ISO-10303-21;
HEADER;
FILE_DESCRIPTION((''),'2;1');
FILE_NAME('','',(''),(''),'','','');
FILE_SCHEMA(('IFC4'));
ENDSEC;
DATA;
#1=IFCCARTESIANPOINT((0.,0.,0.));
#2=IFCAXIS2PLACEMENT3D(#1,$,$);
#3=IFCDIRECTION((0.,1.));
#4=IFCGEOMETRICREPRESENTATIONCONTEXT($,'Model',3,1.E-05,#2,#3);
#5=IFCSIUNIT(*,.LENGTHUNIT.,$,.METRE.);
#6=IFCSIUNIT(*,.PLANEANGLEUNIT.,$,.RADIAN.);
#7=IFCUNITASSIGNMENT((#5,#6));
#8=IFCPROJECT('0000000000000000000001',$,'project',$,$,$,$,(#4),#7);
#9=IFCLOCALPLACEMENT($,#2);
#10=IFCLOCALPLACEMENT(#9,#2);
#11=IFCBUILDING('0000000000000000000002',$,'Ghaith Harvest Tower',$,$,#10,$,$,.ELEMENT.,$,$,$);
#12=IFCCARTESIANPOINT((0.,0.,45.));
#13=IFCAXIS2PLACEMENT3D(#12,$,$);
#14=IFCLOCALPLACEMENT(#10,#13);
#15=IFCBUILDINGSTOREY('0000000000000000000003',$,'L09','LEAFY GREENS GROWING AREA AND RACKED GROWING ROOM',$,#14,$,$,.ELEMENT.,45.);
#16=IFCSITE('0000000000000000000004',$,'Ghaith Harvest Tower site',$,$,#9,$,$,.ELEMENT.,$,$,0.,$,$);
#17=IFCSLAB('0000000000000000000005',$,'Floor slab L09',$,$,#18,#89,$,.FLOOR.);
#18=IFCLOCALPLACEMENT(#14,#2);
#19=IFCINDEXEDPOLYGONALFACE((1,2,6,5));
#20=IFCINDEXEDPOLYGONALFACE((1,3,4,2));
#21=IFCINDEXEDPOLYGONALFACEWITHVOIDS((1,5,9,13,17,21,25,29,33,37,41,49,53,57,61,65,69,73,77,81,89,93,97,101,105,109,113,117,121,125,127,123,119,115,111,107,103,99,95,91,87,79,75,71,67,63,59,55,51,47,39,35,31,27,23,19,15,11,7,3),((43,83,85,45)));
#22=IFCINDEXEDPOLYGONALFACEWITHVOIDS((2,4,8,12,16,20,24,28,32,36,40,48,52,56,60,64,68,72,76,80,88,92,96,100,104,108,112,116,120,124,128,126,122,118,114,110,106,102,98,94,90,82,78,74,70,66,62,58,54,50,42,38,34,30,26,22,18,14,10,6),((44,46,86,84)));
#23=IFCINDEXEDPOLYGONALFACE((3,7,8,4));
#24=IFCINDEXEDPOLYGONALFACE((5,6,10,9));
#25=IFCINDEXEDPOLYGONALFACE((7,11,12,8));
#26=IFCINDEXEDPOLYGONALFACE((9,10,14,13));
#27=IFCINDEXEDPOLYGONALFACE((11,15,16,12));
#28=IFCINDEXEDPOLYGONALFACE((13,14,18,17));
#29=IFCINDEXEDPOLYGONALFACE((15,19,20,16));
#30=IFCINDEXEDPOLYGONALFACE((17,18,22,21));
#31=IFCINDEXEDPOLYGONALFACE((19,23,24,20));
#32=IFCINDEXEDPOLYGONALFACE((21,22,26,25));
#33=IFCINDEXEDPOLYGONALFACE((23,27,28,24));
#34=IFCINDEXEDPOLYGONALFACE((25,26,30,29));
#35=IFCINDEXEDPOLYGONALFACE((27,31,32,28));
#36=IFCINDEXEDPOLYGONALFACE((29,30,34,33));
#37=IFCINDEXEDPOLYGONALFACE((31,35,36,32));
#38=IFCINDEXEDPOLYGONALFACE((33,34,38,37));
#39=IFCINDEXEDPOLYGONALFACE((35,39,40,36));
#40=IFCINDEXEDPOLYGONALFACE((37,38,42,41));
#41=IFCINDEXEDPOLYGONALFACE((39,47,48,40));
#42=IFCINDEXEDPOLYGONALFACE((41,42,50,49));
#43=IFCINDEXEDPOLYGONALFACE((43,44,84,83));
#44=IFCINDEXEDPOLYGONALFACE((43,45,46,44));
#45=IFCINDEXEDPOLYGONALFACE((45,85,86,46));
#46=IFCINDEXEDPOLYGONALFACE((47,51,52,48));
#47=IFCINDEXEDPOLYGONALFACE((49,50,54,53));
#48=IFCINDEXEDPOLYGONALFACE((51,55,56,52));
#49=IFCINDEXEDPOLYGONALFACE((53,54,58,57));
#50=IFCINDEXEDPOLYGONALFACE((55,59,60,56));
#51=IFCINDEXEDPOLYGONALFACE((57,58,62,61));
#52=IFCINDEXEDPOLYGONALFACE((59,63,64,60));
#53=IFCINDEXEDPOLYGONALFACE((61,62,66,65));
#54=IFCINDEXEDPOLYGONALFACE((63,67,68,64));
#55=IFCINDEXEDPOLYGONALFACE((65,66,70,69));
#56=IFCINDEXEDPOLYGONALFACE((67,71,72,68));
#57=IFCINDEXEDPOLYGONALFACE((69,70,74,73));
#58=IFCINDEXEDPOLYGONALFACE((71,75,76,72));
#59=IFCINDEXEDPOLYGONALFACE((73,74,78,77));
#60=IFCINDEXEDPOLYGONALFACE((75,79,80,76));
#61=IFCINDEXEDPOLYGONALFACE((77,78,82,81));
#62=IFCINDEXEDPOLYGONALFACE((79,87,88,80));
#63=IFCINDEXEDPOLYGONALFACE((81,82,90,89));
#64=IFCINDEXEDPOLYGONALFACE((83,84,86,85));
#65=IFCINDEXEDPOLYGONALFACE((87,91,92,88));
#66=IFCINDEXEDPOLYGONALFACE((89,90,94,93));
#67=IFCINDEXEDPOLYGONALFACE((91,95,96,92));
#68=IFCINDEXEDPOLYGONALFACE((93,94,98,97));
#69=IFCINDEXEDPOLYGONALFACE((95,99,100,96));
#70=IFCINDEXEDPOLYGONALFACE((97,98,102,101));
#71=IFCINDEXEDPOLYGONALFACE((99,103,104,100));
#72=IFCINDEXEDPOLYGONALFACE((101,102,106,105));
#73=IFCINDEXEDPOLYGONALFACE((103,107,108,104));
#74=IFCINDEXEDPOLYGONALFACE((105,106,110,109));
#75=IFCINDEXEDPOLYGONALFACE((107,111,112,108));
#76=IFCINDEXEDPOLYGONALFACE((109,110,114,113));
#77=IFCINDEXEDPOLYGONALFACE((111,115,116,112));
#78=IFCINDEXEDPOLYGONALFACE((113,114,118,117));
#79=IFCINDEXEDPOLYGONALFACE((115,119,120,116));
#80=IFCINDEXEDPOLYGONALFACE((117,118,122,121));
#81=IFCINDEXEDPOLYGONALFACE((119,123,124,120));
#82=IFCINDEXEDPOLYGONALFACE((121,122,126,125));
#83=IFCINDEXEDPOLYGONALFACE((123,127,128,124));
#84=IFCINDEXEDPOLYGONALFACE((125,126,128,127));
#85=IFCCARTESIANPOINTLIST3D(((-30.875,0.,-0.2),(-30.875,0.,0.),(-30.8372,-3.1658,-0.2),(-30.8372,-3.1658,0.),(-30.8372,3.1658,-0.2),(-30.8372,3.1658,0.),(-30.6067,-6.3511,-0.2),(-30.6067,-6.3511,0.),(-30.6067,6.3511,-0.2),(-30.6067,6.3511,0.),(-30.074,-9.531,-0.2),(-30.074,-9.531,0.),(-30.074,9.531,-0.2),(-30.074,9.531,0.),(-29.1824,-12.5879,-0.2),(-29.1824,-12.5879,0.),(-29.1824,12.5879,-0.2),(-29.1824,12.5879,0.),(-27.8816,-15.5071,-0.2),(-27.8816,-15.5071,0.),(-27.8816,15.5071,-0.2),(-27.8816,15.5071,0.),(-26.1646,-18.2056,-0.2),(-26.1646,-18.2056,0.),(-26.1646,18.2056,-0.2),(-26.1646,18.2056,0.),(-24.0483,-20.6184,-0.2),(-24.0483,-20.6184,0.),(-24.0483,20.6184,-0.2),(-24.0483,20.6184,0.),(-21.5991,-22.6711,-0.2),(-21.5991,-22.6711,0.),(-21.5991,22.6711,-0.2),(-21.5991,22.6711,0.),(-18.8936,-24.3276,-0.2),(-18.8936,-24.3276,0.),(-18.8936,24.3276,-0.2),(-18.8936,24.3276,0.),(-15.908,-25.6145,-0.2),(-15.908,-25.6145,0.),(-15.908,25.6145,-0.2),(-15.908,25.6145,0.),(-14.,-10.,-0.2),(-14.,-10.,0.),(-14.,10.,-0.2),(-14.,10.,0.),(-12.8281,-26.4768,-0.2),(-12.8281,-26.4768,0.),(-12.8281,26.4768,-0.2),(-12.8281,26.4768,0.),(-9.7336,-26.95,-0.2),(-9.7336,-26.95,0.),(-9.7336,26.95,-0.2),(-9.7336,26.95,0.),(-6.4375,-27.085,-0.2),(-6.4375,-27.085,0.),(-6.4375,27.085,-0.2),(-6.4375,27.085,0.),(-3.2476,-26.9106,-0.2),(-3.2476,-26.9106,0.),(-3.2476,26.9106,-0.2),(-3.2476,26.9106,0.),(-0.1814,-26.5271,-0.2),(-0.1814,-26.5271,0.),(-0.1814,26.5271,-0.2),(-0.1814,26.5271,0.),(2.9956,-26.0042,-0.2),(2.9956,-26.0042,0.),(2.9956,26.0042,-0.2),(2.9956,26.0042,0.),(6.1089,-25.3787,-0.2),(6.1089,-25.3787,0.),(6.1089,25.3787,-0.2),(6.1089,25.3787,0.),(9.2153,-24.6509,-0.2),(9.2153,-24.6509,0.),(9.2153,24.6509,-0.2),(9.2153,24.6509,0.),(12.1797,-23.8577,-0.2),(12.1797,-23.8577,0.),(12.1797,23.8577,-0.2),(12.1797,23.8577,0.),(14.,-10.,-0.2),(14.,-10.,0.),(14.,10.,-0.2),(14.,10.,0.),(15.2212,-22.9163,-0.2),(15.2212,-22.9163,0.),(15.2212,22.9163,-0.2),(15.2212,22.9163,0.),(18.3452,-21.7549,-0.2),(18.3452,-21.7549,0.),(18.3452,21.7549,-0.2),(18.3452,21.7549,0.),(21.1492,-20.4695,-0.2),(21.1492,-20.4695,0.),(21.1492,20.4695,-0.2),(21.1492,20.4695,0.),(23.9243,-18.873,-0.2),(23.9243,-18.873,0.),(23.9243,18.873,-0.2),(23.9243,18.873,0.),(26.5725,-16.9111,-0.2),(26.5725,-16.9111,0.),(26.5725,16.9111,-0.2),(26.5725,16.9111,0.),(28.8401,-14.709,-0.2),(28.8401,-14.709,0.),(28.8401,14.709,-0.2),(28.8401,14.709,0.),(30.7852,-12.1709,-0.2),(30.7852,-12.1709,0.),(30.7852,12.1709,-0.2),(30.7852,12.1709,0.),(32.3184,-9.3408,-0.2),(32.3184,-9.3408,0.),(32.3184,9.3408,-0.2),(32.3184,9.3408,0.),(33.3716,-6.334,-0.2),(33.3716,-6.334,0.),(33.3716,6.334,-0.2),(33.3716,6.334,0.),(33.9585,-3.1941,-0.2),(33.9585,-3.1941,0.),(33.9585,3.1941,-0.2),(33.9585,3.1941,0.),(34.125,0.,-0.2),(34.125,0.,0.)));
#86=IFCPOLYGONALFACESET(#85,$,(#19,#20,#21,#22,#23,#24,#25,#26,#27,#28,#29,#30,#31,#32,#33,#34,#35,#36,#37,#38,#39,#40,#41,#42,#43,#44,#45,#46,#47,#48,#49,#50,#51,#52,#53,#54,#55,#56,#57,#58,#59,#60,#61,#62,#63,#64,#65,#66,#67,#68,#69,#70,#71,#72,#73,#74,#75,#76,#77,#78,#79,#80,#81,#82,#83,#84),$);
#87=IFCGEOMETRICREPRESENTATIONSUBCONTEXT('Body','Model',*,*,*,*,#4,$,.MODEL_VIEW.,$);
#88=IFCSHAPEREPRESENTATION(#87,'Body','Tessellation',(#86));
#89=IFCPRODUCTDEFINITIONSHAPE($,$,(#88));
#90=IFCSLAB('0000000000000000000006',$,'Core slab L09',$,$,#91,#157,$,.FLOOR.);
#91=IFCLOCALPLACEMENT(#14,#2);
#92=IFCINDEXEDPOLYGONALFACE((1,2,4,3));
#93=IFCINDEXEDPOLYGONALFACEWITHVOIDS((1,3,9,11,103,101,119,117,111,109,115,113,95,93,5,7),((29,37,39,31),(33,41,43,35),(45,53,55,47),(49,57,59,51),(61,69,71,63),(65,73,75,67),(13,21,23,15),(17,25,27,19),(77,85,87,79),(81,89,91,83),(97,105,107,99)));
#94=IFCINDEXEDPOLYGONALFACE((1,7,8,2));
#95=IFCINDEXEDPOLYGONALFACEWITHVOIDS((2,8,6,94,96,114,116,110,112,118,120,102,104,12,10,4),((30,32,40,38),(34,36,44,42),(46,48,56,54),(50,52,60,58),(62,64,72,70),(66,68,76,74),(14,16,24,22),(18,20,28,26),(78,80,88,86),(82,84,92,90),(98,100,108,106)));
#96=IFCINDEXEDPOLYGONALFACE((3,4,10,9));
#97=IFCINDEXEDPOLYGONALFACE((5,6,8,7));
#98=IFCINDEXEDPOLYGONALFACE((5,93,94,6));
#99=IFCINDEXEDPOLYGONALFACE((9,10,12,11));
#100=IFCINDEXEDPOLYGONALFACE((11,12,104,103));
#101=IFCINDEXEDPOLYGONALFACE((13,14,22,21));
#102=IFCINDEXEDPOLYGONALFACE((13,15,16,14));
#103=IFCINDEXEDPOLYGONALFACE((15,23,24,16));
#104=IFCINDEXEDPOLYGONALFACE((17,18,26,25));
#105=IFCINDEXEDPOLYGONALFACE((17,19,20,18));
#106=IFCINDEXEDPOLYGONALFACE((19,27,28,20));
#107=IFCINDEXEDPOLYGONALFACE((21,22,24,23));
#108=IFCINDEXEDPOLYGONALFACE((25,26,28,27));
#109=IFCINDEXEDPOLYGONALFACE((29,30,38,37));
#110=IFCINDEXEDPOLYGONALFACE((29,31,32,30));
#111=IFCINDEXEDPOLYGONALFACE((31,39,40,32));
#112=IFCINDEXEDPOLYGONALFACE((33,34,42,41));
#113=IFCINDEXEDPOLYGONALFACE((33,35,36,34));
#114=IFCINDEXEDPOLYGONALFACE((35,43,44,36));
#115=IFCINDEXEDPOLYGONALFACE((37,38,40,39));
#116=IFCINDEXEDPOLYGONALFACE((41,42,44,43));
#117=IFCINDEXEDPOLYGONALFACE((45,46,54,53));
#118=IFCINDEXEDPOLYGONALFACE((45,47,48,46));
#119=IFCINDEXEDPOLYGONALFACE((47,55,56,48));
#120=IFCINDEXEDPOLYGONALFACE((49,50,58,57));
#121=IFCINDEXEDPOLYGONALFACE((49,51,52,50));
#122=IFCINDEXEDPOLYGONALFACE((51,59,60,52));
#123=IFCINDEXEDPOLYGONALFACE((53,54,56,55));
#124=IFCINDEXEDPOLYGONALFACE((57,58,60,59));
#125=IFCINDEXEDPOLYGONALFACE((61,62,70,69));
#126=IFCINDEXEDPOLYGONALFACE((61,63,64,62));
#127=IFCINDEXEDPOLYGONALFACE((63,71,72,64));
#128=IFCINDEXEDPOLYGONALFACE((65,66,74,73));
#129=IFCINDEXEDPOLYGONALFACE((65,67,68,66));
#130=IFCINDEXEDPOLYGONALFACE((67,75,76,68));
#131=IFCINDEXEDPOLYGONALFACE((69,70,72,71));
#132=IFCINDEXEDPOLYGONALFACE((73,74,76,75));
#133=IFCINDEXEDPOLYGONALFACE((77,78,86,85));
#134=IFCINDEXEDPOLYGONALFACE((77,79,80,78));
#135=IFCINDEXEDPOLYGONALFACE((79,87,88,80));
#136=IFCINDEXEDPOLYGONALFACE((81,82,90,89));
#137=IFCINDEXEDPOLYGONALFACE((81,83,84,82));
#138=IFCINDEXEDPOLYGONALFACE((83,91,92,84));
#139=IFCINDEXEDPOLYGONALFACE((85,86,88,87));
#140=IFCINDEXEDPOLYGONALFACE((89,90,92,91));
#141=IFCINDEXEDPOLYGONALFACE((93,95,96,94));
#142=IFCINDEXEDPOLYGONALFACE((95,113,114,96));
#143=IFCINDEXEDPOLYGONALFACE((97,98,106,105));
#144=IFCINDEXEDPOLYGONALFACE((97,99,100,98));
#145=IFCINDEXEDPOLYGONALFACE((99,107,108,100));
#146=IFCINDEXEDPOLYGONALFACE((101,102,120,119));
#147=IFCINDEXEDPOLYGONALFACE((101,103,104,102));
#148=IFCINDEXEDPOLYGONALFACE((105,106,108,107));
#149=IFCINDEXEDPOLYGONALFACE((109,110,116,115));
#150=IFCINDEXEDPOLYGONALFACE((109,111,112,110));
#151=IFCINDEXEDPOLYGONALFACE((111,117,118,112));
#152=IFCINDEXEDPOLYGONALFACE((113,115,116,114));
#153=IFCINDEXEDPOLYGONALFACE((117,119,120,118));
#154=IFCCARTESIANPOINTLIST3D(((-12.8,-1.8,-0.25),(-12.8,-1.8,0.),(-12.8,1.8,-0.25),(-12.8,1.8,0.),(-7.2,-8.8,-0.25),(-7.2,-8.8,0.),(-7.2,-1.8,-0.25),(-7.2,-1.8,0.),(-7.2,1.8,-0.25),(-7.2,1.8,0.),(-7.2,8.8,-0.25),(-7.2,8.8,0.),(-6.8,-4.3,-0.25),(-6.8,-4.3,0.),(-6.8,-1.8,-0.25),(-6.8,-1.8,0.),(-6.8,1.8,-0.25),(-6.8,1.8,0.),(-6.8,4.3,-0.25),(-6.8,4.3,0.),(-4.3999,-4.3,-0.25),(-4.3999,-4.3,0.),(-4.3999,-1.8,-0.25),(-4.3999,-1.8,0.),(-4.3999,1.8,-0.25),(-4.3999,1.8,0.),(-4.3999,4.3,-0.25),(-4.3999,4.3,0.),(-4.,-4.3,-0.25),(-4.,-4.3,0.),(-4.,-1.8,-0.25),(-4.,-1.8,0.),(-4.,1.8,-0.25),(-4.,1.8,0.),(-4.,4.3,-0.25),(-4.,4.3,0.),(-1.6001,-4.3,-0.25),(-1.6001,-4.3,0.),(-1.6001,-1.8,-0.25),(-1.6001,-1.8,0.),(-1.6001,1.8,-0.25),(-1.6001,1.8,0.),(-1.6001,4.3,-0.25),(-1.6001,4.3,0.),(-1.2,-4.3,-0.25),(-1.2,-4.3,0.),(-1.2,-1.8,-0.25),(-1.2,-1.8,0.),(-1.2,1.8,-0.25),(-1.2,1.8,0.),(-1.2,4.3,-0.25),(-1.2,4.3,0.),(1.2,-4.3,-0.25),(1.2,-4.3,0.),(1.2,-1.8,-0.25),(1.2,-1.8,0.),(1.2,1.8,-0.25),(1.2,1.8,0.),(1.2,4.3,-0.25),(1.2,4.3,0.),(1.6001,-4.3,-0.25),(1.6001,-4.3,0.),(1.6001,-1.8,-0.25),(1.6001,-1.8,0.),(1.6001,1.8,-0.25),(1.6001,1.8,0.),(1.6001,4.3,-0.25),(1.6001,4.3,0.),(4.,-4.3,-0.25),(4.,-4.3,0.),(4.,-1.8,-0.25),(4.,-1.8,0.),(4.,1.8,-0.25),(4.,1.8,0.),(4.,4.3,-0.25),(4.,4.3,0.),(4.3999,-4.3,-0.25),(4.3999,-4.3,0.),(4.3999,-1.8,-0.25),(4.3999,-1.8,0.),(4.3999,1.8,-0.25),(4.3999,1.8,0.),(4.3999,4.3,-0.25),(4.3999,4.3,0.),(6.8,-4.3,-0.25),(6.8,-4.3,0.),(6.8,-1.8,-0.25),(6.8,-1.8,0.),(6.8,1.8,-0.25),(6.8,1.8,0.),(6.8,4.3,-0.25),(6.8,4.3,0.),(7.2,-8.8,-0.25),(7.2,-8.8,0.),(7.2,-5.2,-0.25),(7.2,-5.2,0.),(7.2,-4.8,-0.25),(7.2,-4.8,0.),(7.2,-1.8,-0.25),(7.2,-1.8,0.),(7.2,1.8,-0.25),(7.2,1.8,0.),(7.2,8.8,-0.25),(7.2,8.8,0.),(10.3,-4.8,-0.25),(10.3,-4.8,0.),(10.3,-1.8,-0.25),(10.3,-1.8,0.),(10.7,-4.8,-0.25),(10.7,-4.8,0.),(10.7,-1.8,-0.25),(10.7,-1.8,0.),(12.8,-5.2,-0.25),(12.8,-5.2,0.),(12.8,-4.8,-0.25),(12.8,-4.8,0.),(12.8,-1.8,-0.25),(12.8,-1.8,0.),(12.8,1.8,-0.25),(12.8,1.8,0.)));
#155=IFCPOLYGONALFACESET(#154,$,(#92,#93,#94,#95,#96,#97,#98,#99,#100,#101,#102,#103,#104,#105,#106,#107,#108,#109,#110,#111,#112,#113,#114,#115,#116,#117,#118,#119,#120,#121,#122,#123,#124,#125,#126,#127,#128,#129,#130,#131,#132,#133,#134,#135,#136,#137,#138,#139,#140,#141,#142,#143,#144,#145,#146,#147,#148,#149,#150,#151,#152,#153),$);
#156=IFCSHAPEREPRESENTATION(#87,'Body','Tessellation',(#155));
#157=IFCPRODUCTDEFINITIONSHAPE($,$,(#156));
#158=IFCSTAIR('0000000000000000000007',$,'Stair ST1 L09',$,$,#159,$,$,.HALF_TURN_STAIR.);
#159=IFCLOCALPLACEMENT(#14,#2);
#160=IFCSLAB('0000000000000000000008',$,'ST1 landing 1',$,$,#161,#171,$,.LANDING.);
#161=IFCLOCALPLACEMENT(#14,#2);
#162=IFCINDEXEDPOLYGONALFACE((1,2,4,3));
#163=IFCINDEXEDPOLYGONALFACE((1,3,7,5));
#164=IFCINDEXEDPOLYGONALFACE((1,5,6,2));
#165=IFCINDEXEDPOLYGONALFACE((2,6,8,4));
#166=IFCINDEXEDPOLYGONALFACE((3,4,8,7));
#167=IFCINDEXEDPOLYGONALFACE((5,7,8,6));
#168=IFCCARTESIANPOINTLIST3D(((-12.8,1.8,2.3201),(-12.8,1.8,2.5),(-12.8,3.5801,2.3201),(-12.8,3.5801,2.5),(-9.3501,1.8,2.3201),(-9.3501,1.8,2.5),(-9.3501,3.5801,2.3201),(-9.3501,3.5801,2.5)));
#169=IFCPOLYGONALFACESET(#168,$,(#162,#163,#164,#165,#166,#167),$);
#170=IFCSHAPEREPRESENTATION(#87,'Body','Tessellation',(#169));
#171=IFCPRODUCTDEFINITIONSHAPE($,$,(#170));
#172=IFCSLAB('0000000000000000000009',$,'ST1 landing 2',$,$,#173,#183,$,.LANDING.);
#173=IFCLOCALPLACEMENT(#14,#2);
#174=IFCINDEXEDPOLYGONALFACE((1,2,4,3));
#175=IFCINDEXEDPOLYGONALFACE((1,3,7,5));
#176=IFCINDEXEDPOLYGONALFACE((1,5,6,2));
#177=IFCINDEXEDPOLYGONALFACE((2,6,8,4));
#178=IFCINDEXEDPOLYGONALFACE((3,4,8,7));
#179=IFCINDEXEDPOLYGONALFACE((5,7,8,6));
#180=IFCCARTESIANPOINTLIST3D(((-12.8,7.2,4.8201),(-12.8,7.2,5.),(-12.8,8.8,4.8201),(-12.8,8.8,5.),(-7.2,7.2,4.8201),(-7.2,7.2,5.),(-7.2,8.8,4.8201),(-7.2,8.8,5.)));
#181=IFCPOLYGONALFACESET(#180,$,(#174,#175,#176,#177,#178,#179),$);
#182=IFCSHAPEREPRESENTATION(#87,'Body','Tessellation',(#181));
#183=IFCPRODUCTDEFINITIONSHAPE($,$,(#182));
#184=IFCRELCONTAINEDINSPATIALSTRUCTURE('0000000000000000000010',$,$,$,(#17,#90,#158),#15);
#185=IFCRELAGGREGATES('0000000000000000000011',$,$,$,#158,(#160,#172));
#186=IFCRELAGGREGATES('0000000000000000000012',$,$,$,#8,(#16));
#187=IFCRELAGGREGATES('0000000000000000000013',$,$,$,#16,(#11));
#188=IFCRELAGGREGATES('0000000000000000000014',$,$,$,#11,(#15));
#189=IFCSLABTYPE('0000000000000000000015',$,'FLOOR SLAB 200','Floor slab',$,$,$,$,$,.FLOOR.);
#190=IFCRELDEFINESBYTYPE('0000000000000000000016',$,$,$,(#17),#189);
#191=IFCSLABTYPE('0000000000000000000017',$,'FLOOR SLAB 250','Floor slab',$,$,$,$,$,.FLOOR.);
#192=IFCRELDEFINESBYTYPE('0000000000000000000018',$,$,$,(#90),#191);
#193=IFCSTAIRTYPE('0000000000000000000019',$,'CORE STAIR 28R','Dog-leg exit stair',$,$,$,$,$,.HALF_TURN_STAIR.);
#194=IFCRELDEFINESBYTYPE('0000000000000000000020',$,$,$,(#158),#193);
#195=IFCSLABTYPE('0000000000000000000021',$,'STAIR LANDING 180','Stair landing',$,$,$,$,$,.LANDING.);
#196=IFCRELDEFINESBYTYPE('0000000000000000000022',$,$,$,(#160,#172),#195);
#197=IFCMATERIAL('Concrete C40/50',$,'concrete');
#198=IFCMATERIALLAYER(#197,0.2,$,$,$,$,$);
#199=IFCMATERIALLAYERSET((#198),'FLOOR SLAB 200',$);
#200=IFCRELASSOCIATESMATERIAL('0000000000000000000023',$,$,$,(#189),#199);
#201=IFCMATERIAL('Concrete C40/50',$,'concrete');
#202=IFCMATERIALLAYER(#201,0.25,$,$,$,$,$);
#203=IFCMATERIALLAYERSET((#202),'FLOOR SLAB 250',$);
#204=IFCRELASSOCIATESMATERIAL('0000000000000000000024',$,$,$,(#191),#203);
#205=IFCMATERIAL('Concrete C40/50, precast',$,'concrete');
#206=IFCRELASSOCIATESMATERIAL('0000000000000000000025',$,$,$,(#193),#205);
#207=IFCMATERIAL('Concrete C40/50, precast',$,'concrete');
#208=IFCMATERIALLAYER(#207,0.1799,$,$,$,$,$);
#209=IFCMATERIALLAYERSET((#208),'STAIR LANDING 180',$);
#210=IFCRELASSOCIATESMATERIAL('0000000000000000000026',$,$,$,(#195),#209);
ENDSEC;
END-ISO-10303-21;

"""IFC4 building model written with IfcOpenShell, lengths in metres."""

from ifc_helpers import new_model, si_unit, direction, frame, origin, place, context, subcontext, project, spatial, polyline, outline, extrude, material, layer, layer_set, type_object, element, aggregate, save


model = new_model("IFC4")

# Units and contexts
model_context = context("Model", 3, precision=1e-05, world=origin(), true_north=direction((0.0, 1.0)))
body_context = subcontext(model_context, "Body", "Model", "MODEL_VIEW")
ifc_project = project(units=[si_unit("LENGTHUNIT", "METRE"), si_unit("PLANEANGLEUNIT", "RADIAN")], contexts=[model_context])

# Site, building, storey
site_placement = place(None, origin())
site = spatial("IfcSite", under=ifc_project, at=site_placement, Name="Ghaith Harvest Tower site", CompositionType="ELEMENT", RefElevation=0.0)
building_placement = place(site_placement, origin())
building = spatial("IfcBuilding", under=site, at=building_placement, Name="Ghaith Harvest Tower", CompositionType="ELEMENT")
storey_placement = place(building_placement, frame((0.0, 0.0, 45.0)))
storey = spatial("IfcBuildingStorey", under=building, at=storey_placement, Name="L09", Description="LEAFY GREENS GROWING AREA AND RACKED GROWING ROOM", CompositionType="ELEMENT", Elevation=45.0)

# Slabs
ifc_material_1 = material(Name="Concrete C40/50", Category="concrete")
ifc_layer_1 = layer(ifc_material_1, 0.2)
ifc_layer_set_1 = layer_set([ifc_layer_1], Name="FLOOR SLAB 200")
slab_type_1 = type_object("IfcSlabType", Name="FLOOR SLAB 200", Description="Floor slab", PredefinedType="FLOOR", material=ifc_layer_set_1)
slab_1_placement = place(storey_placement, frame((0.0, 0.0, -0.2)))
element("IfcSlab", 1, at=slab_1_placement, inside=storey, type_object=slab_type_1, Name="Floor slab L09", PredefinedType="FLOOR", context=body_context, shape_type="SweptSolid", body=[
    extrude(outline(polyline([(34.125, 0.0), (33.9585, 3.1941), (33.3716, 6.334), (32.3184, 9.3408), (30.7852, 12.1709), (28.8401, 14.709), (26.5725, 16.9111), (23.9243, 18.873), (21.1492, 20.4695), (18.3452, 21.7549), (15.2212, 22.9163), (12.1797, 23.8577), (9.2153, 24.6509), (6.1089, 25.3787), (2.9956, 26.0042), (-0.1814, 26.5271), (-3.2476, 26.9106), (-6.4375, 27.085), (-9.7336, 26.95), (-12.8281, 26.4768), (-15.908, 25.6145), (-18.8936, 24.3276), (-21.5991, 22.6711), (-24.0483, 20.6184), (-26.1646, 18.2056), (-27.8816, 15.5071), (-29.1824, 12.5879), (-30.074, 9.531), (-30.6067, 6.3511), (-30.8372, 3.1658), (-30.875, 0.0), (-30.8372, -3.1658), (-30.6067, -6.3511), (-30.074, -9.531), (-29.1824, -12.5879), (-27.8816, -15.5071), (-26.1646, -18.2056), (-24.0483, -20.6184), (-21.5991, -22.6711), (-18.8936, -24.3276), (-15.908, -25.6145), (-12.8281, -26.4768), (-9.7336, -26.95), (-6.4375, -27.085), (-3.2476, -26.9106), (-0.1814, -26.5271), (2.9956, -26.0042), (6.1089, -25.3787), (9.2153, -24.6509), (12.1797, -23.8577), (15.2212, -22.9163), (18.3452, -21.7549), (21.1492, -20.4695), (23.9243, -18.873), (26.5725, -16.9111), (28.8401, -14.709), (30.7852, -12.1709), (32.3184, -9.3408), (33.3716, -6.334), (33.9585, -3.1941), (34.125, 0.0)]), holes=[polyline([(-14.0, -10.0), (14.0, -10.0), (14.0, 10.0), (-14.0, 10.0), (-14.0, -10.0)])]), origin(), (0.0, 0.0, 1.0), 0.2),
])
ifc_material_2 = material(Name="Concrete C40/50", Category="concrete")
ifc_layer_2 = layer(ifc_material_2, 0.25)
ifc_layer_set_2 = layer_set([ifc_layer_2], Name="FLOOR SLAB 250")
slab_type_2 = type_object("IfcSlabType", Name="FLOOR SLAB 250", Description="Floor slab", PredefinedType="FLOOR", material=ifc_layer_set_2)
slab_2_placement = place(storey_placement, frame((0.0, 0.0, -0.25)))
element("IfcSlab", 2, at=slab_2_placement, inside=storey, type_object=slab_type_2, Name="Core slab L09", PredefinedType="FLOOR", context=body_context, shape_type="SweptSolid", body=[
    extrude(outline(polyline([(-12.8, 1.8), (-7.2, 1.8), (-7.2, 8.8), (7.2, 8.8), (7.2, 1.8), (12.8, 1.8), (12.8, -1.8), (10.7, -1.8), (10.7, -4.8), (12.8, -4.8), (12.8, -5.2), (7.2, -5.2), (7.2, -8.8), (-7.2, -8.8), (-7.2, -1.8), (-12.8, -1.8), (-12.8, 1.8)]), holes=[polyline([(-4.3999, -4.3), (-4.3999, -1.8), (-6.8, -1.8), (-6.8, -4.3), (-4.3999, -4.3)]), polyline([(-1.6001, -4.3), (-1.6001, -1.8), (-4.0, -1.8), (-4.0, -4.3), (-1.6001, -4.3)]), polyline([(1.2, -4.3), (1.2, -1.8), (-1.2, -1.8), (-1.2, -4.3), (1.2, -4.3)]), polyline([(-4.3999, 1.8), (-4.3999, 4.3), (-6.8, 4.3), (-6.8, 1.8), (-4.3999, 1.8)]), polyline([(-1.6001, 1.8), (-1.6001, 4.3), (-4.0, 4.3), (-4.0, 1.8), (-1.6001, 1.8)]), polyline([(1.2, 1.8), (1.2, 4.3), (-1.2, 4.3), (-1.2, 1.8), (1.2, 1.8)]), polyline([(10.3, -4.8), (10.3, -1.8), (7.2, -1.8), (7.2, -4.8), (10.3, -4.8)]), polyline([(4.0, -4.3), (4.0, -1.8), (1.6001, -1.8), (1.6001, -4.3), (4.0, -4.3)]), polyline([(6.8, -4.3), (6.8, -1.8), (4.3999, -1.8), (4.3999, -4.3), (6.8, -4.3)]), polyline([(4.0, 1.8), (4.0, 4.3), (1.6001, 4.3), (1.6001, 1.8), (4.0, 1.8)]), polyline([(6.8, 1.8), (6.8, 4.3), (4.3999, 4.3), (4.3999, 1.8), (6.8, 1.8)])]), origin(), (0.0, 0.0, 1.0), 0.25),
])

# Stair, slabs
ifc_material_3 = material(Name="Concrete C40/50, precast", Category="concrete")
stair_type = type_object("IfcStairType", Name="CORE STAIR 28R", Description="Dog-leg exit stair", PredefinedType="HALF_TURN_STAIR", material=ifc_material_3)
stair_placement = place(storey_placement, origin())
stair = element("IfcStair", 3, at=stair_placement, inside=storey, type_object=stair_type, Name="Stair ST1 L09", PredefinedType="HALF_TURN_STAIR")
ifc_material_4 = material(Name="Concrete C40/50, precast", Category="concrete")
ifc_layer_3 = layer(ifc_material_4, 0.1799)
ifc_layer_set_3 = layer_set([ifc_layer_3], Name="STAIR LANDING 180")
slab_type_3 = type_object("IfcSlabType", Name="STAIR LANDING 180", Description="Stair landing", PredefinedType="LANDING", material=ifc_layer_set_3)
slab_3_placement = place(storey_placement, frame((0.0, 0.0, 2.3201)))
slab_3 = element("IfcSlab", 4, at=slab_3_placement, type_object=slab_type_3, Name="ST1 landing 1", PredefinedType="LANDING", context=body_context, shape_type="SweptSolid", body=[
    extrude(outline(polyline([(-12.8, 3.5801), (-12.8, 1.8), (-9.3501, 1.8), (-9.3501, 3.5801), (-12.8, 3.5801)])), origin(), (0.0, 0.0, 1.0), 0.1799),
])
slab_4_placement = place(storey_placement, frame((0.0, 0.0, 4.8201)))
slab_4 = element("IfcSlab", 5, at=slab_4_placement, type_object=slab_type_3, Name="ST1 landing 2", PredefinedType="LANDING", context=body_context, shape_type="SweptSolid", body=[
    extrude(outline(polyline([(-12.8, 8.8), (-12.8, 7.2), (-7.2, 7.2), (-7.2, 8.8), (-12.8, 8.8)])), origin(), (0.0, 0.0, 1.0), 0.1799),
])
aggregate(stair, [slab_3, slab_4])

save(model, "model.ifc")
